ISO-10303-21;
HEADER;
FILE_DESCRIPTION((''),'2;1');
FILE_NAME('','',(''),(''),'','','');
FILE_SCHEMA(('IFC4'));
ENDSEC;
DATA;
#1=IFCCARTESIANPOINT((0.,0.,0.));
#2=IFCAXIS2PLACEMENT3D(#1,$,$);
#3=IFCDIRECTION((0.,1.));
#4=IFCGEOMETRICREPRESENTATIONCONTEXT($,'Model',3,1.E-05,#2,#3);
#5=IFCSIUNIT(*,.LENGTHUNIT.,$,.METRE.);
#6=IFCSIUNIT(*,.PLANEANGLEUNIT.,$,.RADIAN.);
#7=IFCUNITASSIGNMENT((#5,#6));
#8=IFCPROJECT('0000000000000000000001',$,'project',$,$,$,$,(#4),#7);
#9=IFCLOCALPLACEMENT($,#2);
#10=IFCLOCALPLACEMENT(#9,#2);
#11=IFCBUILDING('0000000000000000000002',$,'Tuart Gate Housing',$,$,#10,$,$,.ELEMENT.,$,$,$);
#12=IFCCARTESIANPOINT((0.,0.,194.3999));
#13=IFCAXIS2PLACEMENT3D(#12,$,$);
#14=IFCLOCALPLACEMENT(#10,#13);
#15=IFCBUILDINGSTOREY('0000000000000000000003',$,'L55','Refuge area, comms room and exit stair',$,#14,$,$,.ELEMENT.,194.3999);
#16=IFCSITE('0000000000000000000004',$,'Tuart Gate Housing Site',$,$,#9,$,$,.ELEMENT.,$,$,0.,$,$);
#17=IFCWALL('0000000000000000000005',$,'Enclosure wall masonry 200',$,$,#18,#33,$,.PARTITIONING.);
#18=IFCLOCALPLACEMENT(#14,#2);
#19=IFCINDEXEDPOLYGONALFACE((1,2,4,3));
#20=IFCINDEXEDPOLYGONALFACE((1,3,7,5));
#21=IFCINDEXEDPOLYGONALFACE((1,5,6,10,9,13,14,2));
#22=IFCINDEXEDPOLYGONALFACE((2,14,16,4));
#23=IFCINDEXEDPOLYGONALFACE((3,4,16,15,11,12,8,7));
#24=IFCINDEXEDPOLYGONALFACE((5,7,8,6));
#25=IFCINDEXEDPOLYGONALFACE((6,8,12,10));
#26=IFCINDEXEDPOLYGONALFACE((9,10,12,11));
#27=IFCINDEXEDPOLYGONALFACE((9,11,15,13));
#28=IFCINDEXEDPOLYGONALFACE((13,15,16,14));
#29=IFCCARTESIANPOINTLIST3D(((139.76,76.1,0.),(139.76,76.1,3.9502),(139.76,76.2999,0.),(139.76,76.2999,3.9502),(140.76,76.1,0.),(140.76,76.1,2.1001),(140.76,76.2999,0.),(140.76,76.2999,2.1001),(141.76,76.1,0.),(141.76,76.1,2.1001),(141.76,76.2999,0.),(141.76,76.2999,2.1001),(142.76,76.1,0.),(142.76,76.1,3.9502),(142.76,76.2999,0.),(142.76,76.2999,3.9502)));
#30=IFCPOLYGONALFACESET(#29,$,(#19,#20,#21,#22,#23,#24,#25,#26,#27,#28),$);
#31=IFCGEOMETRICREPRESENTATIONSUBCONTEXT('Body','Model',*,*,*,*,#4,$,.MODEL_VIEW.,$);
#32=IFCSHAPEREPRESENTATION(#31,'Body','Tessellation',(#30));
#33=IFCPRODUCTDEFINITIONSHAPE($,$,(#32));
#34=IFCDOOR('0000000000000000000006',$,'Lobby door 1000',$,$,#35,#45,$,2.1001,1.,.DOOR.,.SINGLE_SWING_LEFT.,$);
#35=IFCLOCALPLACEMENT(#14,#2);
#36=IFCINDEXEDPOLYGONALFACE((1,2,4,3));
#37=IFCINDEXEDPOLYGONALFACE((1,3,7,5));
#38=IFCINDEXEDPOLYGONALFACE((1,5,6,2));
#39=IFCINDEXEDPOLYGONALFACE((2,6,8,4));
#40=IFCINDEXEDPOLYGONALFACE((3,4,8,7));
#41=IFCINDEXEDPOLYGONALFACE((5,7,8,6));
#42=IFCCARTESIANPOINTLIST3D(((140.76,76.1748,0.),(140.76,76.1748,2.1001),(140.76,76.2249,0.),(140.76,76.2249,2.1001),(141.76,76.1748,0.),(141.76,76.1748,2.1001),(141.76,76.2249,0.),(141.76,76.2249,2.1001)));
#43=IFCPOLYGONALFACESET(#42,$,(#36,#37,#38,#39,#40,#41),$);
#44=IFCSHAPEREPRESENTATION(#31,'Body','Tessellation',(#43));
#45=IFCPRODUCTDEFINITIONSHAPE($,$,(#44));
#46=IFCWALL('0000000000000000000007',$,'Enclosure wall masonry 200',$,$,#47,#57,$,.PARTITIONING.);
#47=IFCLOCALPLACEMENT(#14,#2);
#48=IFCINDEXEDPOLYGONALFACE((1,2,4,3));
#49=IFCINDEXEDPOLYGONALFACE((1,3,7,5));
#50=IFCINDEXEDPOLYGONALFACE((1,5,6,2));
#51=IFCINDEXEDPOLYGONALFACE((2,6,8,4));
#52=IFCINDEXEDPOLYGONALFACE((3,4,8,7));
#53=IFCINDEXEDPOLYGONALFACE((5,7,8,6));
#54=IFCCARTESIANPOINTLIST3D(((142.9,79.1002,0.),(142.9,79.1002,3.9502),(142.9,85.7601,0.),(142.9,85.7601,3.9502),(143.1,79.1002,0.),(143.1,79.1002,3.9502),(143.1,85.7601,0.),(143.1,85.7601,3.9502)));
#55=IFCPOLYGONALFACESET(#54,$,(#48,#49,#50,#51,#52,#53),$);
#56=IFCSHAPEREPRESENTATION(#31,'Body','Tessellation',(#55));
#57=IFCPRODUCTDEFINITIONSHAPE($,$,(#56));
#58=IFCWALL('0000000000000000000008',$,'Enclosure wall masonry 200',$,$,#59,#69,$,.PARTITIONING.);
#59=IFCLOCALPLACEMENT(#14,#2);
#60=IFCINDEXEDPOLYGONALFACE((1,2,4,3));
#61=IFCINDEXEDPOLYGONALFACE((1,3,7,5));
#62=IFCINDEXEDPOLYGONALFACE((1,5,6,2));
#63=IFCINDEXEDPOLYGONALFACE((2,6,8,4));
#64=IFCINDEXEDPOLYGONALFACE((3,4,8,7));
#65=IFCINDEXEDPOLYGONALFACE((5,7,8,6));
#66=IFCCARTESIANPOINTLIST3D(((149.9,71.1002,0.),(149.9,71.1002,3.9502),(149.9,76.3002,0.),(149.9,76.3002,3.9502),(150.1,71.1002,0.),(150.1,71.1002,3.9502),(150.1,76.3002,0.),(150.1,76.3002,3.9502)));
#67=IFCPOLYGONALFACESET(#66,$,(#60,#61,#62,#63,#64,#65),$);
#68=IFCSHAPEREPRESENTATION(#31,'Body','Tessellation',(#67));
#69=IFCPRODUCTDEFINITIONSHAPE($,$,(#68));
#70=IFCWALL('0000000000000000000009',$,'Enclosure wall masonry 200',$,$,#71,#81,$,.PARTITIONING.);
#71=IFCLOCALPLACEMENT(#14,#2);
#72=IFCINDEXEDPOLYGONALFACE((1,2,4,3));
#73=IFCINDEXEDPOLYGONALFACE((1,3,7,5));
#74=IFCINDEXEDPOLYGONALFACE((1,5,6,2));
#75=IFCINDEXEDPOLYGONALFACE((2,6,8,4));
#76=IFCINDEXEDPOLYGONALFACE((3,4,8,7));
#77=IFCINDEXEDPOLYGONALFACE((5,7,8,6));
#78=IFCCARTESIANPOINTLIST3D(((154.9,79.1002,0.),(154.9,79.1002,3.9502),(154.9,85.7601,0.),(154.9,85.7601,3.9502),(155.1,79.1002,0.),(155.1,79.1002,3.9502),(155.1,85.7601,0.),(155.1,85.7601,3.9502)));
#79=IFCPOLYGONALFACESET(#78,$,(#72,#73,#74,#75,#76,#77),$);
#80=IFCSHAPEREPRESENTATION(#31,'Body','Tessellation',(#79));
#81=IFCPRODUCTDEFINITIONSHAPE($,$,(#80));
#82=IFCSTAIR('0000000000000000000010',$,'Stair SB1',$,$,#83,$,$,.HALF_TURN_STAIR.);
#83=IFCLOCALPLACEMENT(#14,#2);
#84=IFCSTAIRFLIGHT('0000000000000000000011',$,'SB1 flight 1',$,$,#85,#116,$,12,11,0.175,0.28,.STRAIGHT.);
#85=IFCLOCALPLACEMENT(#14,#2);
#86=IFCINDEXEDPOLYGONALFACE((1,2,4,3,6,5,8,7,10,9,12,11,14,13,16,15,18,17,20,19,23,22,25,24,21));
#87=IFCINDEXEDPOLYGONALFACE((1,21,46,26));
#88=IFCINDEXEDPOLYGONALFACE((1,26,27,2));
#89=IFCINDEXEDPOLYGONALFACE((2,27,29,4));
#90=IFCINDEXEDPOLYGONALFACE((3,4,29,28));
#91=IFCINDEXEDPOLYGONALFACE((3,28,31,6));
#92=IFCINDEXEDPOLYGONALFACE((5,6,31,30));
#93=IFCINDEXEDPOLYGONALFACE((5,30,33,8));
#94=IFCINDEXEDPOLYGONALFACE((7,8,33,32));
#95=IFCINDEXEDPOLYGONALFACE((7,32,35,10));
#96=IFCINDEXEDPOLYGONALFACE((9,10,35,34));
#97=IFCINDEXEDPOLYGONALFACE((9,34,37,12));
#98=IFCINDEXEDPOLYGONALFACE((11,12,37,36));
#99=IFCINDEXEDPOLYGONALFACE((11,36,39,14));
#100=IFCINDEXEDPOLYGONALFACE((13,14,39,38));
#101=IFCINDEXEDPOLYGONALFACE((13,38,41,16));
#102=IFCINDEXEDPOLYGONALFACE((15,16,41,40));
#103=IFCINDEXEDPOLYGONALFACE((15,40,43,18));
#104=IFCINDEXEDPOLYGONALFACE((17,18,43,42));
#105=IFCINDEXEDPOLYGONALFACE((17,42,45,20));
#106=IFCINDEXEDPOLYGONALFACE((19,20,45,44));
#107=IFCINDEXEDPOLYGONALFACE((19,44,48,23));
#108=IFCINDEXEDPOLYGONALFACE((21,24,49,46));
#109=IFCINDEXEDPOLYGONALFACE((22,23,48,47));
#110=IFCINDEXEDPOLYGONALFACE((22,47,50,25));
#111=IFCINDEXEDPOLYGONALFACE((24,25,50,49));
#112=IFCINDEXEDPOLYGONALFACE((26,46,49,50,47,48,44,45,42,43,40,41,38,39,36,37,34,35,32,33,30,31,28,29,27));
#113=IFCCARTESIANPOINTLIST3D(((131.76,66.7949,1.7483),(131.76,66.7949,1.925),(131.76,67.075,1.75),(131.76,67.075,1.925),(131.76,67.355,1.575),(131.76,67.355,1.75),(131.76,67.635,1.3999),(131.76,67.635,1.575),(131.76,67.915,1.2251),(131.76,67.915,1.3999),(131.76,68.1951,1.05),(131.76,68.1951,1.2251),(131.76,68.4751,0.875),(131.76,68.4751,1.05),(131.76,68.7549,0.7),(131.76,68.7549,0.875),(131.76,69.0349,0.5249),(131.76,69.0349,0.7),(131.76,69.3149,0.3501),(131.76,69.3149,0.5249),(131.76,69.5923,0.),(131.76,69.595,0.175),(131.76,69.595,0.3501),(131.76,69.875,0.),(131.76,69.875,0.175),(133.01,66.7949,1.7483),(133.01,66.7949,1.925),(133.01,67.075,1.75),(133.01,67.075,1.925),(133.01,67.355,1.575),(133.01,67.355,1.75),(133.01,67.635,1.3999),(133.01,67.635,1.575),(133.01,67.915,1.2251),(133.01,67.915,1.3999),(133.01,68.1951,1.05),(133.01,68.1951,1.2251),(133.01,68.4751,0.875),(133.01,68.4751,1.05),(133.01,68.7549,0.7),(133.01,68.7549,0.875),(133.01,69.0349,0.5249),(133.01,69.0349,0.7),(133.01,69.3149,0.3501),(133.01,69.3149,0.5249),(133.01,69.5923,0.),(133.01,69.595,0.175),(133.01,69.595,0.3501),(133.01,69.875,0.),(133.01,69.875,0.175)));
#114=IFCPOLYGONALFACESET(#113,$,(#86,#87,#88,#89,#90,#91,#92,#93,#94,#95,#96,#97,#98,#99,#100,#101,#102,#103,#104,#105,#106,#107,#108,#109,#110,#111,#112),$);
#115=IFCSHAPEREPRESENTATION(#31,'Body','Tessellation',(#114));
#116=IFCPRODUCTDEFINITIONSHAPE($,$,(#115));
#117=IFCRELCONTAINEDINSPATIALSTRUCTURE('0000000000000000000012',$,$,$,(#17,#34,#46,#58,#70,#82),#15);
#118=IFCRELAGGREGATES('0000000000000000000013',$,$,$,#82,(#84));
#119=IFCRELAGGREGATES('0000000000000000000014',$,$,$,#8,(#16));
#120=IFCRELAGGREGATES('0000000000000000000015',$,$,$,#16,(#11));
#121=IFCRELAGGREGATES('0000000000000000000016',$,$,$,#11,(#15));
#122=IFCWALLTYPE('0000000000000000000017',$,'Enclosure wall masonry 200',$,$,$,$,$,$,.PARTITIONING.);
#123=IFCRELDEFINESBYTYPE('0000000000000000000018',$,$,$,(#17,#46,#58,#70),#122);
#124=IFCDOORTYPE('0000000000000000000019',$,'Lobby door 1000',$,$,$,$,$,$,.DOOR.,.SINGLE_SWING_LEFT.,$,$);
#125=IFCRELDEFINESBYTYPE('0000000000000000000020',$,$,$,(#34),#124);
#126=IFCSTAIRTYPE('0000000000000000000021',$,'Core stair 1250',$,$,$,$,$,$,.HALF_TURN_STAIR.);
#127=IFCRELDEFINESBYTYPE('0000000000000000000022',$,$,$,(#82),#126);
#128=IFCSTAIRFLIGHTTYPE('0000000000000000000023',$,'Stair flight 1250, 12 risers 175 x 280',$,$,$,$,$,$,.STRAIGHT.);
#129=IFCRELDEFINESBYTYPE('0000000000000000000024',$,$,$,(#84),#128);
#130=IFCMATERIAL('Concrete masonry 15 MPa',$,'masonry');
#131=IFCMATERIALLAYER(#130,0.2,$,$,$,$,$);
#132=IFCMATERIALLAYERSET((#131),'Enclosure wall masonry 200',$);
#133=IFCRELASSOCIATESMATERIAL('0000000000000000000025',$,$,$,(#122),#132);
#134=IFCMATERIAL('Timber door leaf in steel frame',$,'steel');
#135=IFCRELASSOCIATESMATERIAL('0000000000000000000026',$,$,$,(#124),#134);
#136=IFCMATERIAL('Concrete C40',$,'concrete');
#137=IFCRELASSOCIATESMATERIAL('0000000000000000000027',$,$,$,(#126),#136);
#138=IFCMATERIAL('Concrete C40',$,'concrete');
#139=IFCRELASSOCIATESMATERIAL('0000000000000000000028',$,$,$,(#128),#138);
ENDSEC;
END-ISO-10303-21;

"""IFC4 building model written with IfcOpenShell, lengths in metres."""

from ifc_helpers import new_model, si_unit, direction, frame, frame_2d, origin, place, context, subcontext, project, spatial, polyline, rectangle, outline, extrude, material, layer, layer_set, type_object, element, fill, aggregate, save


model = new_model("IFC4")

# Units and contexts
model_context = context("Model", 3, precision=1e-05, world=origin(), true_north=direction((0.0, 1.0)))
body_context = subcontext(model_context, "Body", "Model", "MODEL_VIEW")
ifc_project = project(units=[si_unit("LENGTHUNIT", "METRE"), si_unit("PLANEANGLEUNIT", "RADIAN")], contexts=[model_context])

# Site, building, storey
site_placement = place(None, origin())
site = spatial("IfcSite", under=ifc_project, at=site_placement, Name="Tuart Gate Housing Site", CompositionType="ELEMENT", RefElevation=0.0)
building_placement = place(site_placement, origin())
building = spatial("IfcBuilding", under=site, at=building_placement, Name="Tuart Gate Housing", CompositionType="ELEMENT")
storey_placement = place(building_placement, frame((0.0, 0.0, 194.3999)))
storey = spatial("IfcBuildingStorey", under=building, at=storey_placement, Name="L55", Description="Refuge area, comms room and exit stair", CompositionType="ELEMENT", Elevation=194.3999)

# Shared definitions
ifc_material_1 = material(Name="Concrete masonry 15 MPa", Category="masonry")
ifc_layer_1 = layer(ifc_material_1, 0.2)
ifc_layer_set_1 = layer_set([ifc_layer_1], Name="Enclosure wall masonry 200")
wall_type_1 = type_object("IfcWallType", Name="Enclosure wall masonry 200", PredefinedType="PARTITIONING", material=ifc_layer_set_1)

# Wall, opening, door
wall_1_placement = place(storey_placement, frame((139.76, 76.2, 0.0), z_axis=(0.0, 0.0, 1.0), x_axis=(1.0, 0.0, 0.0)))
wall_1 = element("IfcWall", 1, at=wall_1_placement, inside=storey, type_object=wall_type_1, Name="Enclosure wall masonry 200", PredefinedType="PARTITIONING", context=body_context, shape_type="SweptSolid", body=[
    extrude(rectangle(XDim=3.0, YDim=0.2, at=frame_2d((1.5, 0.0))), origin(), (0.0, 0.0, 1.0), 3.9502),
])
opening_1_placement = place(wall_1_placement, frame((1.0, 0.0, 0.0)))
opening_1 = element("IfcOpeningElement", 2, at=opening_1_placement, cuts=wall_1, PredefinedType="OPENING", context=body_context, shape_type="SweptSolid", body=[
    extrude(rectangle(XDim=1.0, YDim=2.1001, at=frame_2d((0.5, 1.05))), frame((0.0, 0.1099, 0.0), z_axis=(0.0, -1.0, 0.0), x_axis=(1.0, 0.0, 0.0)), (0.0, 0.0, 1.0), 0.22),
])
ifc_material_2 = material(Name="Timber door leaf in steel frame", Category="steel")
door_type_1 = type_object("IfcDoorType", Name="Lobby door 1000", OperationType="SINGLE_SWING_LEFT", PredefinedType="DOOR", material=ifc_material_2)
door_1_placement = place(opening_1_placement, frame((1.0, 0.0, 0.0), z_axis=(0.0, 0.0, 1.0), x_axis=(-1.0, 0.0, 0.0)))
door_1 = element("IfcDoor", 3, at=door_1_placement, inside=storey, type_object=door_type_1, Name="Lobby door 1000", OperationType="SINGLE_SWING_LEFT", OverallHeight=2.1001, OverallWidth=1.0, PredefinedType="DOOR", context=body_context, shape_type="SweptSolid", body=[
    extrude(rectangle(XDim=1.0, YDim=2.1001, at=frame_2d((0.5, 1.05))), frame((0.0, 0.0251, 0.0), z_axis=(0.0, -1.0, 0.0), x_axis=(1.0, 0.0, 0.0)), (0.0, 0.0, 1.0), 0.05),
])
fill(opening_1, door_1)

# Walls
wall_2_placement = place(storey_placement, frame((143.0, 79.1001, 0.0), z_axis=(0.0, 0.0, 1.0), x_axis=(0.0, 1.0, 0.0)))
element("IfcWall", 4, at=wall_2_placement, inside=storey, type_object=wall_type_1, Name="Enclosure wall masonry 200", PredefinedType="PARTITIONING", context=body_context, shape_type="SweptSolid", body=[
    extrude(rectangle(XDim=6.6599, YDim=0.2, at=frame_2d((3.3301, 0.0))), origin(), (0.0, 0.0, 1.0), 3.9502),
])
wall_3_placement = place(storey_placement, frame((150.0, 71.1001, 0.0), z_axis=(0.0, 0.0, 1.0), x_axis=(0.0, 1.0, 0.0)))
element("IfcWall", 5, at=wall_3_placement, inside=storey, type_object=wall_type_1, Name="Enclosure wall masonry 200", PredefinedType="PARTITIONING", context=body_context, shape_type="SweptSolid", body=[
    extrude(rectangle(XDim=5.2, YDim=0.2, at=frame_2d((2.6001, 0.0))), origin(), (0.0, 0.0, 1.0), 3.9502),
])
wall_4_placement = place(storey_placement, frame((155.0, 79.1001, 0.0), z_axis=(0.0, 0.0, 1.0), x_axis=(0.0, 1.0, 0.0)))
element("IfcWall", 6, at=wall_4_placement, inside=storey, type_object=wall_type_1, Name="Enclosure wall masonry 200", PredefinedType="PARTITIONING", context=body_context, shape_type="SweptSolid", body=[
    extrude(rectangle(XDim=6.6599, YDim=0.2, at=frame_2d((3.3301, 0.0))), origin(), (0.0, 0.0, 1.0), 3.9502),
])

# Stair, stair flight
ifc_material_3 = material(Name="Concrete C40", Category="concrete")
stair_type = type_object("IfcStairType", Name="Core stair 1250", PredefinedType="HALF_TURN_STAIR", material=ifc_material_3)
stair_placement = place(storey_placement, origin())
stair = element("IfcStair", 7, at=stair_placement, inside=storey, type_object=stair_type, Name="Stair SB1", PredefinedType="HALF_TURN_STAIR")
ifc_material_4 = material(Name="Concrete C40", Category="concrete")
stair_flight_type = type_object("IfcStairFlightType", Name="Stair flight 1250, 12 risers 175 x 280", PredefinedType="STRAIGHT", material=ifc_material_4)
stair_flight_placement = place(storey_placement, frame((132.385, 69.875, 0.0), z_axis=(0.0, 0.0, 1.0), x_axis=(0.0, -1.0, 0.0)))
stair_flight = element("IfcStairFlight", 8, at=stair_flight_placement, type_object=stair_flight_type, Name="SB1 flight 1", NumberOfRisers=12, NumberOfTreads=11, PredefinedType="STRAIGHT", RiserHeight=0.175, TreadLength=0.28, context=body_context, shape_type="SweptSolid", body=[
    extrude(outline(polyline([(0.0, 0.0), (0.0, 0.175), (0.28, 0.175), (0.28, 0.3501), (0.5601, 0.3501), (0.5601, 0.5249), (0.8401, 0.5249), (0.8401, 0.7), (1.1201, 0.7), (1.1201, 0.875), (1.3999, 0.875), (1.3999, 1.05), (1.6799, 1.05), (1.6799, 1.2251), (1.96, 1.2251), (1.96, 1.3999), (2.24, 1.3999), (2.24, 1.575), (2.52, 1.575), (2.52, 1.75), (2.8, 1.75), (2.8, 1.925), (3.0801, 1.925), (3.0801, 2.1001), (3.0801, 1.7483), (0.2827, 0.0), (0.0, 0.0)])), frame((0.0, 0.625, 0.0), z_axis=(0.0, -1.0, 0.0), x_axis=(1.0, 0.0, 0.0)), (0.0, 0.0, 1.0), 1.25),
])
aggregate(stair, [stair_flight])

save(model, "model.ifc")
